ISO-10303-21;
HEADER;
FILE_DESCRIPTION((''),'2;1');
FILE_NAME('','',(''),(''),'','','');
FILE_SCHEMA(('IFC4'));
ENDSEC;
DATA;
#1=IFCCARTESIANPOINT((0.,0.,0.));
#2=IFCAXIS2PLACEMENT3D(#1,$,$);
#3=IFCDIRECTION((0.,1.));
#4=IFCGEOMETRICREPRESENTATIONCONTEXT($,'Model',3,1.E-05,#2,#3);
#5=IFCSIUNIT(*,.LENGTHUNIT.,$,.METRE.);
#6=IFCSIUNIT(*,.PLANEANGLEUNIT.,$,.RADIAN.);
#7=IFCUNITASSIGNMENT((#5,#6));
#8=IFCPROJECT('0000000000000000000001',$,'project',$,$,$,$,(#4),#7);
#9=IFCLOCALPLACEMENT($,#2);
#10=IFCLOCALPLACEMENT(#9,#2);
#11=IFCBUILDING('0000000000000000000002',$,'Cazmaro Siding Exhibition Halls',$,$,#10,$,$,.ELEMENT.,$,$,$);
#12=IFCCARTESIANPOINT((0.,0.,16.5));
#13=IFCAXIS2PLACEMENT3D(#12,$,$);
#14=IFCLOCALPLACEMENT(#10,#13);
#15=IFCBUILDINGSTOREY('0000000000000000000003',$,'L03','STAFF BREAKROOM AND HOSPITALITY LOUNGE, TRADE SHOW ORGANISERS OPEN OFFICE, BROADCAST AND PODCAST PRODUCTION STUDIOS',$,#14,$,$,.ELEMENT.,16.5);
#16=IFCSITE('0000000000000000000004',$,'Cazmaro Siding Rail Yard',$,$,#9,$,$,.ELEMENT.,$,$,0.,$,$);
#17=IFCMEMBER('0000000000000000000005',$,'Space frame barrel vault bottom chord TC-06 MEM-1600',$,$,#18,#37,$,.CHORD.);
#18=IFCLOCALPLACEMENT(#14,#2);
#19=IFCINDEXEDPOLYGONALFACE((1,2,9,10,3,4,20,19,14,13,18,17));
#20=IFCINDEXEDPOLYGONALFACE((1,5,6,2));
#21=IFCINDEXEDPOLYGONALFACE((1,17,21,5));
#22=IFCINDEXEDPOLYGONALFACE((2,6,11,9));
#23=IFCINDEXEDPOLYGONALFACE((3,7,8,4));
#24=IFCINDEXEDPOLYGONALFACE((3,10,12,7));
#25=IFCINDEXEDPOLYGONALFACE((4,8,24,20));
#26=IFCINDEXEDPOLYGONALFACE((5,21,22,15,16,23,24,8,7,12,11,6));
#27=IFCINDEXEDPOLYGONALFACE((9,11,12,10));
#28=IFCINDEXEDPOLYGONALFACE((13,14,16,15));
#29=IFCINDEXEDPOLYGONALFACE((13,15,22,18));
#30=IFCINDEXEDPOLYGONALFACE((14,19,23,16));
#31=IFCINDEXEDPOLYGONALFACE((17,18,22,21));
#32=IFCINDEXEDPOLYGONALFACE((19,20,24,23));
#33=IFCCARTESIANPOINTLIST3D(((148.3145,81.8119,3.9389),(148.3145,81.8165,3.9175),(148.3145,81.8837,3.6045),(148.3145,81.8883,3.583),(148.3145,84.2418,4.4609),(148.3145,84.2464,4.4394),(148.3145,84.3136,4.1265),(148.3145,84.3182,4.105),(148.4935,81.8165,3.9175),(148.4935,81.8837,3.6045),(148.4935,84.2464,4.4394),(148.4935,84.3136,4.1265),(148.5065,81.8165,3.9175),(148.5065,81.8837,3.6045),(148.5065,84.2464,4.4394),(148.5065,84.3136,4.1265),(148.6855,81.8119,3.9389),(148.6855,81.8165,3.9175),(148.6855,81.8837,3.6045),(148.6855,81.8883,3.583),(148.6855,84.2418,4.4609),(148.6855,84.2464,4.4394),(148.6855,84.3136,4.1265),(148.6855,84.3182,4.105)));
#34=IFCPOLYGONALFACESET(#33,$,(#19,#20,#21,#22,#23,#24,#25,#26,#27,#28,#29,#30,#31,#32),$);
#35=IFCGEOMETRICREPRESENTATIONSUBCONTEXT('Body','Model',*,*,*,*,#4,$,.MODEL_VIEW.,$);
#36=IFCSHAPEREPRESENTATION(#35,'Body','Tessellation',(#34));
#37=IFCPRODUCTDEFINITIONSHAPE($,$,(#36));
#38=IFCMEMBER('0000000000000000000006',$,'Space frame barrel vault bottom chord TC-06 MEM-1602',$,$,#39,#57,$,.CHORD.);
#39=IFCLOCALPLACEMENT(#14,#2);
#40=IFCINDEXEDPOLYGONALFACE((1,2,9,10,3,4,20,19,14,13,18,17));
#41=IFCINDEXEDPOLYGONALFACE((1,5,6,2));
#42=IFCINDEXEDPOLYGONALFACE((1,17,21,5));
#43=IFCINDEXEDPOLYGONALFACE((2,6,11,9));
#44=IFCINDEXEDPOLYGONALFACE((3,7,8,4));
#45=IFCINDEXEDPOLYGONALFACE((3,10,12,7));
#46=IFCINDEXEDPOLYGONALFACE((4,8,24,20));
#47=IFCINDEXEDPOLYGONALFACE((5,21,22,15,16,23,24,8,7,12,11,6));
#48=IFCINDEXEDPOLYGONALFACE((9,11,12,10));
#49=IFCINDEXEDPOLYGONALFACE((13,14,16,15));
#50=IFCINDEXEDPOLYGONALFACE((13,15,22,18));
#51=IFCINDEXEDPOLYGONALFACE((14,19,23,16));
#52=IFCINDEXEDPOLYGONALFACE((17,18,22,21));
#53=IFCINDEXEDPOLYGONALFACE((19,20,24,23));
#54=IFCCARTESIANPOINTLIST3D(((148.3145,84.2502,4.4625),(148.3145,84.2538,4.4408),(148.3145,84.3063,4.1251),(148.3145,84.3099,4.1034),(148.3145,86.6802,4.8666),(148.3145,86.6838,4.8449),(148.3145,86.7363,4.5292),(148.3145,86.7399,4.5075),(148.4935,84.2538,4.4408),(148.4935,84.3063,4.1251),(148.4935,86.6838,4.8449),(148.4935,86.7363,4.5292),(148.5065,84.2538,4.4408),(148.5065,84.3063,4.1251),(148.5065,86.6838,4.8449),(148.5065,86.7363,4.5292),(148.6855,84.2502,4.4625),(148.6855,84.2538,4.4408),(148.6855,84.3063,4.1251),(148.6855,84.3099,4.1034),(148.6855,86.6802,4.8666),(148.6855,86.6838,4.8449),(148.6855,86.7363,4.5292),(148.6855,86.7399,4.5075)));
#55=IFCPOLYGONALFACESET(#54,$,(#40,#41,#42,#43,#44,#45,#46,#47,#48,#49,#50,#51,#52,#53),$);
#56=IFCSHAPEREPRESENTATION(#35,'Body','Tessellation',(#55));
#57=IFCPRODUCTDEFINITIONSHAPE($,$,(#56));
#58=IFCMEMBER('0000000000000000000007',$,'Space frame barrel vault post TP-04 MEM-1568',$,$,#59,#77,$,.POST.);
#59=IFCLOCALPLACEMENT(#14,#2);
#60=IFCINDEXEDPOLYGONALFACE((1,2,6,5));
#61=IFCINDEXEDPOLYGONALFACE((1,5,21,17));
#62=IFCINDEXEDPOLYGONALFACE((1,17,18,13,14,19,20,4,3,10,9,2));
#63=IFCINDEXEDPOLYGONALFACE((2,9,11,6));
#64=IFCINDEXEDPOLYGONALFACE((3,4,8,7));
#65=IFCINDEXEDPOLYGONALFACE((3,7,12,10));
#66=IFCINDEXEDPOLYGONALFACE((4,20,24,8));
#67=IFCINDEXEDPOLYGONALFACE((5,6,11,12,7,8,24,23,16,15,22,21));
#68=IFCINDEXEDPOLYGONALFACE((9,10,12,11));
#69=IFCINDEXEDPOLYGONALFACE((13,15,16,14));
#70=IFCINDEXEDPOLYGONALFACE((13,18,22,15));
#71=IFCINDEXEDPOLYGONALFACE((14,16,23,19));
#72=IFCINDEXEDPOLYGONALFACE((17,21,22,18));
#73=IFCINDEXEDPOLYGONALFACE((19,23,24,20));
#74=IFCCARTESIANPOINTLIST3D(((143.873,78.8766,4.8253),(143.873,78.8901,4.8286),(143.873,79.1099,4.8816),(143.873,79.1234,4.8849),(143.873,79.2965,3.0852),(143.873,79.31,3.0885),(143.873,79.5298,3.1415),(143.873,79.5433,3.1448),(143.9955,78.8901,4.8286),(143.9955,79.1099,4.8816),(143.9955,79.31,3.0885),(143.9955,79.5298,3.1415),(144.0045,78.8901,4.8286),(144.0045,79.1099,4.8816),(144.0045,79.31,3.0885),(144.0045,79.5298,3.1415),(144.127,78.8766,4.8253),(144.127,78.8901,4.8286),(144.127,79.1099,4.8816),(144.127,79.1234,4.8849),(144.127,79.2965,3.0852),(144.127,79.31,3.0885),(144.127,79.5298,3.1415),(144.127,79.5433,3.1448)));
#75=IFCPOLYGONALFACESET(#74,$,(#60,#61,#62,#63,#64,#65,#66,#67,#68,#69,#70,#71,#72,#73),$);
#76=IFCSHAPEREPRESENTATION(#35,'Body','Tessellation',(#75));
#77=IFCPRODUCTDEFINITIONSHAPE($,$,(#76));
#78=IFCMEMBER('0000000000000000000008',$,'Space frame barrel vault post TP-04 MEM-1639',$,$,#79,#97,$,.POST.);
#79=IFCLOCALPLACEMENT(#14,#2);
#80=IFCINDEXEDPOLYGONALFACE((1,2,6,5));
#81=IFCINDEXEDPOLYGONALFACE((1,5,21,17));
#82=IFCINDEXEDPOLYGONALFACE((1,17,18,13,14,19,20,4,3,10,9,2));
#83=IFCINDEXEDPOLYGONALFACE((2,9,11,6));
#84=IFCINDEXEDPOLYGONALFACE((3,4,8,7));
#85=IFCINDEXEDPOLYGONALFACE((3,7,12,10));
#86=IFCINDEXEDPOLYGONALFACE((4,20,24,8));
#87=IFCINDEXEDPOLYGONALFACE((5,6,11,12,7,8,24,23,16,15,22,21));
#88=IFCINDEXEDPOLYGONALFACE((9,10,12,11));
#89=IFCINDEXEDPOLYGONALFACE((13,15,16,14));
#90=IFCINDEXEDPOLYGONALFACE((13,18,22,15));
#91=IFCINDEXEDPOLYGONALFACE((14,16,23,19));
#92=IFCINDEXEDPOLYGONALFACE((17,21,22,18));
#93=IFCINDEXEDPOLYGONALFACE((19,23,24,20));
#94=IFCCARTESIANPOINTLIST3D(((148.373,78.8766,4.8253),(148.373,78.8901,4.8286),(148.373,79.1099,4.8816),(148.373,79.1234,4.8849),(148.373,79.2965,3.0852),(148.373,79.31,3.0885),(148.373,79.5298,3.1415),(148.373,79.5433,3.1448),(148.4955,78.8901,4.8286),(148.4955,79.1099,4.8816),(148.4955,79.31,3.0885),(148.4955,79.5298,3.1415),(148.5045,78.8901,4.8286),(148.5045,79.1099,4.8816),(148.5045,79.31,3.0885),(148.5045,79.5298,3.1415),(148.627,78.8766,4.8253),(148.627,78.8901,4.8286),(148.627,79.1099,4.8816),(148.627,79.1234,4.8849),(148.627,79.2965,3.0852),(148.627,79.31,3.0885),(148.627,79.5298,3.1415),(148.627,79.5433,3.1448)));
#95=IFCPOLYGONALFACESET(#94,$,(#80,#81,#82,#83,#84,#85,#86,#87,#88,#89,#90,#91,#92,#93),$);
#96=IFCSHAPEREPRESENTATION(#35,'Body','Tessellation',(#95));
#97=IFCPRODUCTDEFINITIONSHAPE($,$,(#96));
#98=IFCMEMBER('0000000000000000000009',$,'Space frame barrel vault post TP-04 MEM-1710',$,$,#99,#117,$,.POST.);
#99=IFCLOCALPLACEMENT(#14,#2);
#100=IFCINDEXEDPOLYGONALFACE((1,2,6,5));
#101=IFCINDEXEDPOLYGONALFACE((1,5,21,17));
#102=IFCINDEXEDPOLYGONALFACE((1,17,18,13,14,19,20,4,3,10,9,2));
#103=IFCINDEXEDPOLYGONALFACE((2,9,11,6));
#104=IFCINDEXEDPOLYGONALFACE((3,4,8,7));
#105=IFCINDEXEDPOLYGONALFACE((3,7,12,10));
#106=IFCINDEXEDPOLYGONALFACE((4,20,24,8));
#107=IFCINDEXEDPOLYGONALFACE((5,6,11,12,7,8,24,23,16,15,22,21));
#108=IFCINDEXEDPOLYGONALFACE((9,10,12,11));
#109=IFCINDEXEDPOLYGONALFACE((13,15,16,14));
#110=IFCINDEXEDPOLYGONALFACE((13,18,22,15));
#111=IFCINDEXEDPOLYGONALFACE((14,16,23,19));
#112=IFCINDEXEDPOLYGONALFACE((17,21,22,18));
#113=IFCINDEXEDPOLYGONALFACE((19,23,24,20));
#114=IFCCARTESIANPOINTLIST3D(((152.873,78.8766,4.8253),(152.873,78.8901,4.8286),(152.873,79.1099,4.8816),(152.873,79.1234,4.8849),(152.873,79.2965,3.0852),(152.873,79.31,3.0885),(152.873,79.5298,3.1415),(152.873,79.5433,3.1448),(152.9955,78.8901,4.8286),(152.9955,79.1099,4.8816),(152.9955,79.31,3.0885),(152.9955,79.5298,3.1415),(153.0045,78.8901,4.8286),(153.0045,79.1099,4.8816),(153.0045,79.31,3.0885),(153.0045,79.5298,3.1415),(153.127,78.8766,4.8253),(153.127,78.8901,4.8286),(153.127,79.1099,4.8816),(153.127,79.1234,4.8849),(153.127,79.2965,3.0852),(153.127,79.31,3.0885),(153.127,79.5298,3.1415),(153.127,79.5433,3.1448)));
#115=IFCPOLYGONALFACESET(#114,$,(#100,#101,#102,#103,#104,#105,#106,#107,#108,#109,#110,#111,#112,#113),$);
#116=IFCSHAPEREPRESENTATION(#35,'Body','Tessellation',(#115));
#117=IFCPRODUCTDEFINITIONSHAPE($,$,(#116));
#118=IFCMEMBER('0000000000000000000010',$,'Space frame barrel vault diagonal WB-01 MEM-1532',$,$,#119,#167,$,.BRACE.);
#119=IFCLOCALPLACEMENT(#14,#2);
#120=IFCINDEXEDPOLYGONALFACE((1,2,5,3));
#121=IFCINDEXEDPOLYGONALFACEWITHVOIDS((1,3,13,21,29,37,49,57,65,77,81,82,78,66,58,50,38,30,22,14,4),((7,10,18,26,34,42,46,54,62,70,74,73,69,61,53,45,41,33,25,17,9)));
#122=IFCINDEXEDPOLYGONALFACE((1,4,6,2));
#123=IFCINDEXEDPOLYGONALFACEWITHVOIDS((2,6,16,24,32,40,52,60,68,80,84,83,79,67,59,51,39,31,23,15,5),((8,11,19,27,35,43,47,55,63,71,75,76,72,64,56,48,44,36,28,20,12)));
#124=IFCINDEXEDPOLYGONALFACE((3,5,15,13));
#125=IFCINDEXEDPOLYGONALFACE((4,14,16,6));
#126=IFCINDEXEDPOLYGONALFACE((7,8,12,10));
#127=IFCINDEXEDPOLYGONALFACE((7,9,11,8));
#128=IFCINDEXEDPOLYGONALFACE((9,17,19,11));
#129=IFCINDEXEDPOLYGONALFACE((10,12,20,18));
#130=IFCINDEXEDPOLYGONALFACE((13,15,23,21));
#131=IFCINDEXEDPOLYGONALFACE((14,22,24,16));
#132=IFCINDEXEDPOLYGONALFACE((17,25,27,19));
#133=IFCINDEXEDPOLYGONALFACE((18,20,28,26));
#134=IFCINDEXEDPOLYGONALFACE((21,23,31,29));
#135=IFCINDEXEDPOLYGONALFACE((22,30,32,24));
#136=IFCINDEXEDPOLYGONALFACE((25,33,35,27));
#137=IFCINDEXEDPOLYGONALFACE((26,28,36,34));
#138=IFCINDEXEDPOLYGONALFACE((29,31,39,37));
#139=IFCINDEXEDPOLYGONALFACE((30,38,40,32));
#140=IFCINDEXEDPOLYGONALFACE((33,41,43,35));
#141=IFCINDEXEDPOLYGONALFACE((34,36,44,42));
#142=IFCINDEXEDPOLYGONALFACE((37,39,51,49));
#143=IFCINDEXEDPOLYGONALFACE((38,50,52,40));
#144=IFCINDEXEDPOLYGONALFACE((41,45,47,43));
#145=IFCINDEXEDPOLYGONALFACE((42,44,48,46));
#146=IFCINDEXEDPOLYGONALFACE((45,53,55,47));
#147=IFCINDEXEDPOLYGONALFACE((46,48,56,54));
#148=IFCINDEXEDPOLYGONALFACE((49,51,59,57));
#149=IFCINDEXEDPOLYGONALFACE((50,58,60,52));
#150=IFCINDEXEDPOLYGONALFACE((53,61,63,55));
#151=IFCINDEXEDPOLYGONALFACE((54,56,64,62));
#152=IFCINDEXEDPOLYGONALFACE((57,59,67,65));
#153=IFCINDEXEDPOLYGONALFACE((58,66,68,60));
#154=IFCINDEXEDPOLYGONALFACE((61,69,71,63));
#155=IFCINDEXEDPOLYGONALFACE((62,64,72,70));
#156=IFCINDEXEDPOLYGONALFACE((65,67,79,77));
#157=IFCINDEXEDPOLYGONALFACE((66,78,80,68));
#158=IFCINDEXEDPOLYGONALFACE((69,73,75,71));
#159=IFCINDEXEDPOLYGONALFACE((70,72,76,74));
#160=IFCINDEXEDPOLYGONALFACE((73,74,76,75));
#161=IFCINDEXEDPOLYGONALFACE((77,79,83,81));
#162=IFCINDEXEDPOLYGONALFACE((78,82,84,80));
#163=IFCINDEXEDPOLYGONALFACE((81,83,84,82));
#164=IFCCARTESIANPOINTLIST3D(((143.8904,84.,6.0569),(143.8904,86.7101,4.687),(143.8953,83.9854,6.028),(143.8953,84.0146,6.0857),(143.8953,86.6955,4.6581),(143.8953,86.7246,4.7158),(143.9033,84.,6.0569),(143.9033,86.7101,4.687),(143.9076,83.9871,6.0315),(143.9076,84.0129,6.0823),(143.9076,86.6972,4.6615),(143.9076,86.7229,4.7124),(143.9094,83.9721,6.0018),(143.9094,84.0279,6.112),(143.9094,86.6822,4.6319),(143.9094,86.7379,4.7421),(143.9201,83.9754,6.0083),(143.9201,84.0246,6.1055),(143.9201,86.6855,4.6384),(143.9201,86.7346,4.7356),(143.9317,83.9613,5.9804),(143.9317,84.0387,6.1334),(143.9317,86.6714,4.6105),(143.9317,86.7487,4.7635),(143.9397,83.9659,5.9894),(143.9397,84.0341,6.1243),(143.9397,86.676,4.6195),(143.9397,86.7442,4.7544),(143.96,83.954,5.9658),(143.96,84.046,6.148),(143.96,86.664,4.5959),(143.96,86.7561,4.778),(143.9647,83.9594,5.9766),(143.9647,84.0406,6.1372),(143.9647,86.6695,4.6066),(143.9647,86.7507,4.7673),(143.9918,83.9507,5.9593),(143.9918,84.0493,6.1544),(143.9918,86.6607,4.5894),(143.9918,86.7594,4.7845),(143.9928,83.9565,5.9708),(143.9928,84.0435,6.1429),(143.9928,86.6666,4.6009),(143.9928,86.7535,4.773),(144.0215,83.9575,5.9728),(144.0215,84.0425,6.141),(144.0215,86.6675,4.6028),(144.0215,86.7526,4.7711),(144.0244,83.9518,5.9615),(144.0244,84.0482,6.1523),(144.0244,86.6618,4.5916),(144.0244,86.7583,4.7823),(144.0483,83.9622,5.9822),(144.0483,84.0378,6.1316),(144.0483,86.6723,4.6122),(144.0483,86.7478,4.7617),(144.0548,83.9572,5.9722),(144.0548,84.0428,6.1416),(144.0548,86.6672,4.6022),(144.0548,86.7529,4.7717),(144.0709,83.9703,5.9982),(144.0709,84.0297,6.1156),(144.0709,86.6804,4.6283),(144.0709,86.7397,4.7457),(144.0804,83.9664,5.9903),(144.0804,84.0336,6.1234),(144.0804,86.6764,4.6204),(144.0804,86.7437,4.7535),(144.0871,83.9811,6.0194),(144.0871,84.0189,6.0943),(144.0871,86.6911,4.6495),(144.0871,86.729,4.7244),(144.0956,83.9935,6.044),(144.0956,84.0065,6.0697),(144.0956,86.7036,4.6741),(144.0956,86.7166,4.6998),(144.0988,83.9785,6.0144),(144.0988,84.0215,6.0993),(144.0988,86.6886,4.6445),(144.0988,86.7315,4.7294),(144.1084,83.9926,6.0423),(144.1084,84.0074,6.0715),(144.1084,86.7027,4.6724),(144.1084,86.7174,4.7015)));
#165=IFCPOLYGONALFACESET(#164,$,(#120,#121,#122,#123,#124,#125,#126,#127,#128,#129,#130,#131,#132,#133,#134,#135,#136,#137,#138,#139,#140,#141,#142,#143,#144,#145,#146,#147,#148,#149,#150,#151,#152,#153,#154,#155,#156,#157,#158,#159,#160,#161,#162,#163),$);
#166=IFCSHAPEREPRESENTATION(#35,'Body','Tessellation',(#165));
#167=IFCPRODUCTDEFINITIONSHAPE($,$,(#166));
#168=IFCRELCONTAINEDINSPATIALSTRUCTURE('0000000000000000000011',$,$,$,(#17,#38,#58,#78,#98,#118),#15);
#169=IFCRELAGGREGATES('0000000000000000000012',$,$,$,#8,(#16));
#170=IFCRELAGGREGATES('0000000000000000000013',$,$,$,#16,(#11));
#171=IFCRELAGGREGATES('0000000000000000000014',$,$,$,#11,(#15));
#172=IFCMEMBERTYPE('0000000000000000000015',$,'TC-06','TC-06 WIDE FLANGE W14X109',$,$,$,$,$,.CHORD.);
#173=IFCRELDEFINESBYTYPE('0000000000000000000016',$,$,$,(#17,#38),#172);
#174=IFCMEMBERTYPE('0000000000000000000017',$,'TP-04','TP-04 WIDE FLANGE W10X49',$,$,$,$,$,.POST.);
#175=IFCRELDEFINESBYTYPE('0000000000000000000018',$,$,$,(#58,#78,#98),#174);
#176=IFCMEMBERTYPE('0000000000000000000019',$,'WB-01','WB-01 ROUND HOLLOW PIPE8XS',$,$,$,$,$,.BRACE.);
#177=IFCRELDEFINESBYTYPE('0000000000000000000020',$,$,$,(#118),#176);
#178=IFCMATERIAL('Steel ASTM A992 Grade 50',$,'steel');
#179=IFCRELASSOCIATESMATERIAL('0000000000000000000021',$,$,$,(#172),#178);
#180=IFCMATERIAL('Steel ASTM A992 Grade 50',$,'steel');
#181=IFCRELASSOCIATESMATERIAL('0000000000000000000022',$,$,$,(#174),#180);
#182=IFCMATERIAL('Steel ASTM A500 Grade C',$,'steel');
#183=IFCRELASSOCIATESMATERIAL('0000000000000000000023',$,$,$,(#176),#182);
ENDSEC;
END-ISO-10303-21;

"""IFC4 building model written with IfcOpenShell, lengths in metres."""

from ifc_helpers import new_model, si_unit, direction, frame, origin, origin_2d, place, context, subcontext, project, spatial, hollow_circle, i_section, extrude, material, material_profile, profile_set, type_object, element, save


model = new_model("IFC4")

# Units and contexts
model_context = context("Model", 3, precision=1e-05, world=origin(), true_north=direction((0.0, 1.0)))
body_context = subcontext(model_context, "Body", "Model", "MODEL_VIEW")
ifc_project = project(units=[si_unit("LENGTHUNIT", "METRE"), si_unit("PLANEANGLEUNIT", "RADIAN")], contexts=[model_context])

# Site, building, storey
site_placement = place(None, origin())
site = spatial("IfcSite", under=ifc_project, at=site_placement, Name="Cazmaro Siding Rail Yard", CompositionType="ELEMENT", RefElevation=0.0)
building_placement = place(site_placement, origin())
building = spatial("IfcBuilding", under=site, at=building_placement, Name="Cazmaro Siding Exhibition Halls", CompositionType="ELEMENT")
storey_placement = place(building_placement, frame((0.0, 0.0, 16.5)))
storey = spatial("IfcBuildingStorey", under=building, at=storey_placement, Name="L03", Description="STAFF BREAKROOM AND HOSPITALITY LOUNGE, TRADE SHOW ORGANISERS OPEN OFFICE, BROADCAST AND PODCAST PRODUCTION STUDIOS", CompositionType="ELEMENT", Elevation=16.5)

# Members
ifc_material_1 = material(Name="Steel ASTM A992 Grade 50", Category="steel")
ifc_material_profile_1 = material_profile(ifc_material_1, i_section(OverallWidth=0.3711, OverallDepth=0.364, WebThickness=0.0129, FlangeThickness=0.022, at=origin_2d()), Name="W14X109")
ifc_profile_set_1 = profile_set([ifc_material_profile_1], Name="Steel ASTM A992 Grade 50")
member_type_1 = type_object("IfcMemberType", Name="TC-06", Description="TC-06 WIDE FLANGE W14X109", PredefinedType="CHORD", material=ifc_profile_set_1)
member_1_placement = place(storey_placement, frame((148.5, 81.8501, 3.761), z_axis=(0.0, 0.977697, 0.210019), x_axis=(-1.0, 0.0, 0.0)))
element("IfcMember", 1, at=member_1_placement, inside=storey, type_object=member_type_1, Name="Space frame barrel vault bottom chord TC-06 MEM-1600", PredefinedType="CHORD", context=body_context, shape_type="SweptSolid", body=[
    extrude(i_section(OverallWidth=0.3711, OverallDepth=0.364, WebThickness=0.0129, FlangeThickness=0.022, at=origin_2d()), origin(), (0.0, 0.0, 1.0), 2.4854),
])
member_2_placement = place(storey_placement, frame((148.5, 84.28, 4.283), z_axis=(0.0, 0.986455, 0.164029), x_axis=(-1.0, 0.0, 0.0)))
element("IfcMember", 2, at=member_2_placement, inside=storey, type_object=member_type_1, Name="Space frame barrel vault bottom chord TC-06 MEM-1602", PredefinedType="CHORD", context=body_context, shape_type="SweptSolid", body=[
    extrude(i_section(OverallWidth=0.3711, OverallDepth=0.364, WebThickness=0.0129, FlangeThickness=0.022, at=origin_2d()), origin(), (0.0, 0.0, 1.0), 2.4634),
])
ifc_material_2 = material(Name="Steel ASTM A992 Grade 50", Category="steel")
ifc_material_profile_2 = material_profile(ifc_material_2, i_section(OverallWidth=0.2539, OverallDepth=0.2539, WebThickness=0.009, FlangeThickness=0.0139, at=origin_2d()), Name="W10X49")
ifc_profile_set_2 = profile_set([ifc_material_profile_2], Name="Steel ASTM A992 Grade 50")
member_type_2 = type_object("IfcMemberType", Name="TP-04", Description="TP-04 WIDE FLANGE W10X49", PredefinedType="POST", material=ifc_profile_set_2)
for number, where, z_axis, x_axis, name in (
    (3, (144.0, 79.4199, 3.115), (0.0, -0.234601, 0.972092), (1.0, 0.0, 0.0), "Space frame barrel vault post TP-04 MEM-1568"),
    (4, (148.5, 79.4199, 3.115), (0.0, -0.234601, 0.972092), (1.0, 0.0, 0.0), "Space frame barrel vault post TP-04 MEM-1639"),
    (5, (153.0, 79.4199, 3.115), (0.0, -0.234601, 0.972092), (1.0, 0.0, 0.0), "Space frame barrel vault post TP-04 MEM-1710"),
):
    element("IfcMember", number, at=place(storey_placement, frame(where, z_axis=z_axis, x_axis=x_axis)), inside=storey, type_object=member_type_2, Name=name, PredefinedType="POST", context=body_context, shape_type="SweptSolid", body=[
        extrude(i_section(OverallWidth=0.2539, OverallDepth=0.2539, WebThickness=0.009, FlangeThickness=0.0139, at=origin_2d()), origin(), (0.0, 0.0, 1.0), 1.79),
    ])
ifc_material_3 = material(Name="Steel ASTM A500 Grade C", Category="steel")
ifc_material_profile_3 = material_profile(ifc_material_3, hollow_circle(Radius=0.1096, WallThickness=0.0129, at=origin_2d()), Name="PIPE8XS")
ifc_profile_set_3 = profile_set([ifc_material_profile_3], Name="Steel ASTM A500 Grade C")
member_type_3 = type_object("IfcMemberType", Name="WB-01", Description="WB-01 ROUND HOLLOW PIPE8XS", PredefinedType="BRACE", material=ifc_profile_set_3)
for number, where, z_axis, x_axis, name in (
    (6, (144.0, 84.0, 6.0569), (0.0, 0.892457, -0.451133), (-1.0, 0.0, 0.0), "Space frame barrel vault diagonal WB-01 MEM-1532"),
):
    element("IfcMember", number, at=place(storey_placement, frame(where, z_axis=z_axis, x_axis=x_axis)), inside=storey, type_object=member_type_3, Name=name, PredefinedType="BRACE", context=body_context, shape_type="SweptSolid", body=[
        extrude(hollow_circle(Radius=0.1096, WallThickness=0.0129, at=origin_2d()), origin(), (0.0, 0.0, 1.0), 3.0366),
    ])

save(model, "model.ifc")
